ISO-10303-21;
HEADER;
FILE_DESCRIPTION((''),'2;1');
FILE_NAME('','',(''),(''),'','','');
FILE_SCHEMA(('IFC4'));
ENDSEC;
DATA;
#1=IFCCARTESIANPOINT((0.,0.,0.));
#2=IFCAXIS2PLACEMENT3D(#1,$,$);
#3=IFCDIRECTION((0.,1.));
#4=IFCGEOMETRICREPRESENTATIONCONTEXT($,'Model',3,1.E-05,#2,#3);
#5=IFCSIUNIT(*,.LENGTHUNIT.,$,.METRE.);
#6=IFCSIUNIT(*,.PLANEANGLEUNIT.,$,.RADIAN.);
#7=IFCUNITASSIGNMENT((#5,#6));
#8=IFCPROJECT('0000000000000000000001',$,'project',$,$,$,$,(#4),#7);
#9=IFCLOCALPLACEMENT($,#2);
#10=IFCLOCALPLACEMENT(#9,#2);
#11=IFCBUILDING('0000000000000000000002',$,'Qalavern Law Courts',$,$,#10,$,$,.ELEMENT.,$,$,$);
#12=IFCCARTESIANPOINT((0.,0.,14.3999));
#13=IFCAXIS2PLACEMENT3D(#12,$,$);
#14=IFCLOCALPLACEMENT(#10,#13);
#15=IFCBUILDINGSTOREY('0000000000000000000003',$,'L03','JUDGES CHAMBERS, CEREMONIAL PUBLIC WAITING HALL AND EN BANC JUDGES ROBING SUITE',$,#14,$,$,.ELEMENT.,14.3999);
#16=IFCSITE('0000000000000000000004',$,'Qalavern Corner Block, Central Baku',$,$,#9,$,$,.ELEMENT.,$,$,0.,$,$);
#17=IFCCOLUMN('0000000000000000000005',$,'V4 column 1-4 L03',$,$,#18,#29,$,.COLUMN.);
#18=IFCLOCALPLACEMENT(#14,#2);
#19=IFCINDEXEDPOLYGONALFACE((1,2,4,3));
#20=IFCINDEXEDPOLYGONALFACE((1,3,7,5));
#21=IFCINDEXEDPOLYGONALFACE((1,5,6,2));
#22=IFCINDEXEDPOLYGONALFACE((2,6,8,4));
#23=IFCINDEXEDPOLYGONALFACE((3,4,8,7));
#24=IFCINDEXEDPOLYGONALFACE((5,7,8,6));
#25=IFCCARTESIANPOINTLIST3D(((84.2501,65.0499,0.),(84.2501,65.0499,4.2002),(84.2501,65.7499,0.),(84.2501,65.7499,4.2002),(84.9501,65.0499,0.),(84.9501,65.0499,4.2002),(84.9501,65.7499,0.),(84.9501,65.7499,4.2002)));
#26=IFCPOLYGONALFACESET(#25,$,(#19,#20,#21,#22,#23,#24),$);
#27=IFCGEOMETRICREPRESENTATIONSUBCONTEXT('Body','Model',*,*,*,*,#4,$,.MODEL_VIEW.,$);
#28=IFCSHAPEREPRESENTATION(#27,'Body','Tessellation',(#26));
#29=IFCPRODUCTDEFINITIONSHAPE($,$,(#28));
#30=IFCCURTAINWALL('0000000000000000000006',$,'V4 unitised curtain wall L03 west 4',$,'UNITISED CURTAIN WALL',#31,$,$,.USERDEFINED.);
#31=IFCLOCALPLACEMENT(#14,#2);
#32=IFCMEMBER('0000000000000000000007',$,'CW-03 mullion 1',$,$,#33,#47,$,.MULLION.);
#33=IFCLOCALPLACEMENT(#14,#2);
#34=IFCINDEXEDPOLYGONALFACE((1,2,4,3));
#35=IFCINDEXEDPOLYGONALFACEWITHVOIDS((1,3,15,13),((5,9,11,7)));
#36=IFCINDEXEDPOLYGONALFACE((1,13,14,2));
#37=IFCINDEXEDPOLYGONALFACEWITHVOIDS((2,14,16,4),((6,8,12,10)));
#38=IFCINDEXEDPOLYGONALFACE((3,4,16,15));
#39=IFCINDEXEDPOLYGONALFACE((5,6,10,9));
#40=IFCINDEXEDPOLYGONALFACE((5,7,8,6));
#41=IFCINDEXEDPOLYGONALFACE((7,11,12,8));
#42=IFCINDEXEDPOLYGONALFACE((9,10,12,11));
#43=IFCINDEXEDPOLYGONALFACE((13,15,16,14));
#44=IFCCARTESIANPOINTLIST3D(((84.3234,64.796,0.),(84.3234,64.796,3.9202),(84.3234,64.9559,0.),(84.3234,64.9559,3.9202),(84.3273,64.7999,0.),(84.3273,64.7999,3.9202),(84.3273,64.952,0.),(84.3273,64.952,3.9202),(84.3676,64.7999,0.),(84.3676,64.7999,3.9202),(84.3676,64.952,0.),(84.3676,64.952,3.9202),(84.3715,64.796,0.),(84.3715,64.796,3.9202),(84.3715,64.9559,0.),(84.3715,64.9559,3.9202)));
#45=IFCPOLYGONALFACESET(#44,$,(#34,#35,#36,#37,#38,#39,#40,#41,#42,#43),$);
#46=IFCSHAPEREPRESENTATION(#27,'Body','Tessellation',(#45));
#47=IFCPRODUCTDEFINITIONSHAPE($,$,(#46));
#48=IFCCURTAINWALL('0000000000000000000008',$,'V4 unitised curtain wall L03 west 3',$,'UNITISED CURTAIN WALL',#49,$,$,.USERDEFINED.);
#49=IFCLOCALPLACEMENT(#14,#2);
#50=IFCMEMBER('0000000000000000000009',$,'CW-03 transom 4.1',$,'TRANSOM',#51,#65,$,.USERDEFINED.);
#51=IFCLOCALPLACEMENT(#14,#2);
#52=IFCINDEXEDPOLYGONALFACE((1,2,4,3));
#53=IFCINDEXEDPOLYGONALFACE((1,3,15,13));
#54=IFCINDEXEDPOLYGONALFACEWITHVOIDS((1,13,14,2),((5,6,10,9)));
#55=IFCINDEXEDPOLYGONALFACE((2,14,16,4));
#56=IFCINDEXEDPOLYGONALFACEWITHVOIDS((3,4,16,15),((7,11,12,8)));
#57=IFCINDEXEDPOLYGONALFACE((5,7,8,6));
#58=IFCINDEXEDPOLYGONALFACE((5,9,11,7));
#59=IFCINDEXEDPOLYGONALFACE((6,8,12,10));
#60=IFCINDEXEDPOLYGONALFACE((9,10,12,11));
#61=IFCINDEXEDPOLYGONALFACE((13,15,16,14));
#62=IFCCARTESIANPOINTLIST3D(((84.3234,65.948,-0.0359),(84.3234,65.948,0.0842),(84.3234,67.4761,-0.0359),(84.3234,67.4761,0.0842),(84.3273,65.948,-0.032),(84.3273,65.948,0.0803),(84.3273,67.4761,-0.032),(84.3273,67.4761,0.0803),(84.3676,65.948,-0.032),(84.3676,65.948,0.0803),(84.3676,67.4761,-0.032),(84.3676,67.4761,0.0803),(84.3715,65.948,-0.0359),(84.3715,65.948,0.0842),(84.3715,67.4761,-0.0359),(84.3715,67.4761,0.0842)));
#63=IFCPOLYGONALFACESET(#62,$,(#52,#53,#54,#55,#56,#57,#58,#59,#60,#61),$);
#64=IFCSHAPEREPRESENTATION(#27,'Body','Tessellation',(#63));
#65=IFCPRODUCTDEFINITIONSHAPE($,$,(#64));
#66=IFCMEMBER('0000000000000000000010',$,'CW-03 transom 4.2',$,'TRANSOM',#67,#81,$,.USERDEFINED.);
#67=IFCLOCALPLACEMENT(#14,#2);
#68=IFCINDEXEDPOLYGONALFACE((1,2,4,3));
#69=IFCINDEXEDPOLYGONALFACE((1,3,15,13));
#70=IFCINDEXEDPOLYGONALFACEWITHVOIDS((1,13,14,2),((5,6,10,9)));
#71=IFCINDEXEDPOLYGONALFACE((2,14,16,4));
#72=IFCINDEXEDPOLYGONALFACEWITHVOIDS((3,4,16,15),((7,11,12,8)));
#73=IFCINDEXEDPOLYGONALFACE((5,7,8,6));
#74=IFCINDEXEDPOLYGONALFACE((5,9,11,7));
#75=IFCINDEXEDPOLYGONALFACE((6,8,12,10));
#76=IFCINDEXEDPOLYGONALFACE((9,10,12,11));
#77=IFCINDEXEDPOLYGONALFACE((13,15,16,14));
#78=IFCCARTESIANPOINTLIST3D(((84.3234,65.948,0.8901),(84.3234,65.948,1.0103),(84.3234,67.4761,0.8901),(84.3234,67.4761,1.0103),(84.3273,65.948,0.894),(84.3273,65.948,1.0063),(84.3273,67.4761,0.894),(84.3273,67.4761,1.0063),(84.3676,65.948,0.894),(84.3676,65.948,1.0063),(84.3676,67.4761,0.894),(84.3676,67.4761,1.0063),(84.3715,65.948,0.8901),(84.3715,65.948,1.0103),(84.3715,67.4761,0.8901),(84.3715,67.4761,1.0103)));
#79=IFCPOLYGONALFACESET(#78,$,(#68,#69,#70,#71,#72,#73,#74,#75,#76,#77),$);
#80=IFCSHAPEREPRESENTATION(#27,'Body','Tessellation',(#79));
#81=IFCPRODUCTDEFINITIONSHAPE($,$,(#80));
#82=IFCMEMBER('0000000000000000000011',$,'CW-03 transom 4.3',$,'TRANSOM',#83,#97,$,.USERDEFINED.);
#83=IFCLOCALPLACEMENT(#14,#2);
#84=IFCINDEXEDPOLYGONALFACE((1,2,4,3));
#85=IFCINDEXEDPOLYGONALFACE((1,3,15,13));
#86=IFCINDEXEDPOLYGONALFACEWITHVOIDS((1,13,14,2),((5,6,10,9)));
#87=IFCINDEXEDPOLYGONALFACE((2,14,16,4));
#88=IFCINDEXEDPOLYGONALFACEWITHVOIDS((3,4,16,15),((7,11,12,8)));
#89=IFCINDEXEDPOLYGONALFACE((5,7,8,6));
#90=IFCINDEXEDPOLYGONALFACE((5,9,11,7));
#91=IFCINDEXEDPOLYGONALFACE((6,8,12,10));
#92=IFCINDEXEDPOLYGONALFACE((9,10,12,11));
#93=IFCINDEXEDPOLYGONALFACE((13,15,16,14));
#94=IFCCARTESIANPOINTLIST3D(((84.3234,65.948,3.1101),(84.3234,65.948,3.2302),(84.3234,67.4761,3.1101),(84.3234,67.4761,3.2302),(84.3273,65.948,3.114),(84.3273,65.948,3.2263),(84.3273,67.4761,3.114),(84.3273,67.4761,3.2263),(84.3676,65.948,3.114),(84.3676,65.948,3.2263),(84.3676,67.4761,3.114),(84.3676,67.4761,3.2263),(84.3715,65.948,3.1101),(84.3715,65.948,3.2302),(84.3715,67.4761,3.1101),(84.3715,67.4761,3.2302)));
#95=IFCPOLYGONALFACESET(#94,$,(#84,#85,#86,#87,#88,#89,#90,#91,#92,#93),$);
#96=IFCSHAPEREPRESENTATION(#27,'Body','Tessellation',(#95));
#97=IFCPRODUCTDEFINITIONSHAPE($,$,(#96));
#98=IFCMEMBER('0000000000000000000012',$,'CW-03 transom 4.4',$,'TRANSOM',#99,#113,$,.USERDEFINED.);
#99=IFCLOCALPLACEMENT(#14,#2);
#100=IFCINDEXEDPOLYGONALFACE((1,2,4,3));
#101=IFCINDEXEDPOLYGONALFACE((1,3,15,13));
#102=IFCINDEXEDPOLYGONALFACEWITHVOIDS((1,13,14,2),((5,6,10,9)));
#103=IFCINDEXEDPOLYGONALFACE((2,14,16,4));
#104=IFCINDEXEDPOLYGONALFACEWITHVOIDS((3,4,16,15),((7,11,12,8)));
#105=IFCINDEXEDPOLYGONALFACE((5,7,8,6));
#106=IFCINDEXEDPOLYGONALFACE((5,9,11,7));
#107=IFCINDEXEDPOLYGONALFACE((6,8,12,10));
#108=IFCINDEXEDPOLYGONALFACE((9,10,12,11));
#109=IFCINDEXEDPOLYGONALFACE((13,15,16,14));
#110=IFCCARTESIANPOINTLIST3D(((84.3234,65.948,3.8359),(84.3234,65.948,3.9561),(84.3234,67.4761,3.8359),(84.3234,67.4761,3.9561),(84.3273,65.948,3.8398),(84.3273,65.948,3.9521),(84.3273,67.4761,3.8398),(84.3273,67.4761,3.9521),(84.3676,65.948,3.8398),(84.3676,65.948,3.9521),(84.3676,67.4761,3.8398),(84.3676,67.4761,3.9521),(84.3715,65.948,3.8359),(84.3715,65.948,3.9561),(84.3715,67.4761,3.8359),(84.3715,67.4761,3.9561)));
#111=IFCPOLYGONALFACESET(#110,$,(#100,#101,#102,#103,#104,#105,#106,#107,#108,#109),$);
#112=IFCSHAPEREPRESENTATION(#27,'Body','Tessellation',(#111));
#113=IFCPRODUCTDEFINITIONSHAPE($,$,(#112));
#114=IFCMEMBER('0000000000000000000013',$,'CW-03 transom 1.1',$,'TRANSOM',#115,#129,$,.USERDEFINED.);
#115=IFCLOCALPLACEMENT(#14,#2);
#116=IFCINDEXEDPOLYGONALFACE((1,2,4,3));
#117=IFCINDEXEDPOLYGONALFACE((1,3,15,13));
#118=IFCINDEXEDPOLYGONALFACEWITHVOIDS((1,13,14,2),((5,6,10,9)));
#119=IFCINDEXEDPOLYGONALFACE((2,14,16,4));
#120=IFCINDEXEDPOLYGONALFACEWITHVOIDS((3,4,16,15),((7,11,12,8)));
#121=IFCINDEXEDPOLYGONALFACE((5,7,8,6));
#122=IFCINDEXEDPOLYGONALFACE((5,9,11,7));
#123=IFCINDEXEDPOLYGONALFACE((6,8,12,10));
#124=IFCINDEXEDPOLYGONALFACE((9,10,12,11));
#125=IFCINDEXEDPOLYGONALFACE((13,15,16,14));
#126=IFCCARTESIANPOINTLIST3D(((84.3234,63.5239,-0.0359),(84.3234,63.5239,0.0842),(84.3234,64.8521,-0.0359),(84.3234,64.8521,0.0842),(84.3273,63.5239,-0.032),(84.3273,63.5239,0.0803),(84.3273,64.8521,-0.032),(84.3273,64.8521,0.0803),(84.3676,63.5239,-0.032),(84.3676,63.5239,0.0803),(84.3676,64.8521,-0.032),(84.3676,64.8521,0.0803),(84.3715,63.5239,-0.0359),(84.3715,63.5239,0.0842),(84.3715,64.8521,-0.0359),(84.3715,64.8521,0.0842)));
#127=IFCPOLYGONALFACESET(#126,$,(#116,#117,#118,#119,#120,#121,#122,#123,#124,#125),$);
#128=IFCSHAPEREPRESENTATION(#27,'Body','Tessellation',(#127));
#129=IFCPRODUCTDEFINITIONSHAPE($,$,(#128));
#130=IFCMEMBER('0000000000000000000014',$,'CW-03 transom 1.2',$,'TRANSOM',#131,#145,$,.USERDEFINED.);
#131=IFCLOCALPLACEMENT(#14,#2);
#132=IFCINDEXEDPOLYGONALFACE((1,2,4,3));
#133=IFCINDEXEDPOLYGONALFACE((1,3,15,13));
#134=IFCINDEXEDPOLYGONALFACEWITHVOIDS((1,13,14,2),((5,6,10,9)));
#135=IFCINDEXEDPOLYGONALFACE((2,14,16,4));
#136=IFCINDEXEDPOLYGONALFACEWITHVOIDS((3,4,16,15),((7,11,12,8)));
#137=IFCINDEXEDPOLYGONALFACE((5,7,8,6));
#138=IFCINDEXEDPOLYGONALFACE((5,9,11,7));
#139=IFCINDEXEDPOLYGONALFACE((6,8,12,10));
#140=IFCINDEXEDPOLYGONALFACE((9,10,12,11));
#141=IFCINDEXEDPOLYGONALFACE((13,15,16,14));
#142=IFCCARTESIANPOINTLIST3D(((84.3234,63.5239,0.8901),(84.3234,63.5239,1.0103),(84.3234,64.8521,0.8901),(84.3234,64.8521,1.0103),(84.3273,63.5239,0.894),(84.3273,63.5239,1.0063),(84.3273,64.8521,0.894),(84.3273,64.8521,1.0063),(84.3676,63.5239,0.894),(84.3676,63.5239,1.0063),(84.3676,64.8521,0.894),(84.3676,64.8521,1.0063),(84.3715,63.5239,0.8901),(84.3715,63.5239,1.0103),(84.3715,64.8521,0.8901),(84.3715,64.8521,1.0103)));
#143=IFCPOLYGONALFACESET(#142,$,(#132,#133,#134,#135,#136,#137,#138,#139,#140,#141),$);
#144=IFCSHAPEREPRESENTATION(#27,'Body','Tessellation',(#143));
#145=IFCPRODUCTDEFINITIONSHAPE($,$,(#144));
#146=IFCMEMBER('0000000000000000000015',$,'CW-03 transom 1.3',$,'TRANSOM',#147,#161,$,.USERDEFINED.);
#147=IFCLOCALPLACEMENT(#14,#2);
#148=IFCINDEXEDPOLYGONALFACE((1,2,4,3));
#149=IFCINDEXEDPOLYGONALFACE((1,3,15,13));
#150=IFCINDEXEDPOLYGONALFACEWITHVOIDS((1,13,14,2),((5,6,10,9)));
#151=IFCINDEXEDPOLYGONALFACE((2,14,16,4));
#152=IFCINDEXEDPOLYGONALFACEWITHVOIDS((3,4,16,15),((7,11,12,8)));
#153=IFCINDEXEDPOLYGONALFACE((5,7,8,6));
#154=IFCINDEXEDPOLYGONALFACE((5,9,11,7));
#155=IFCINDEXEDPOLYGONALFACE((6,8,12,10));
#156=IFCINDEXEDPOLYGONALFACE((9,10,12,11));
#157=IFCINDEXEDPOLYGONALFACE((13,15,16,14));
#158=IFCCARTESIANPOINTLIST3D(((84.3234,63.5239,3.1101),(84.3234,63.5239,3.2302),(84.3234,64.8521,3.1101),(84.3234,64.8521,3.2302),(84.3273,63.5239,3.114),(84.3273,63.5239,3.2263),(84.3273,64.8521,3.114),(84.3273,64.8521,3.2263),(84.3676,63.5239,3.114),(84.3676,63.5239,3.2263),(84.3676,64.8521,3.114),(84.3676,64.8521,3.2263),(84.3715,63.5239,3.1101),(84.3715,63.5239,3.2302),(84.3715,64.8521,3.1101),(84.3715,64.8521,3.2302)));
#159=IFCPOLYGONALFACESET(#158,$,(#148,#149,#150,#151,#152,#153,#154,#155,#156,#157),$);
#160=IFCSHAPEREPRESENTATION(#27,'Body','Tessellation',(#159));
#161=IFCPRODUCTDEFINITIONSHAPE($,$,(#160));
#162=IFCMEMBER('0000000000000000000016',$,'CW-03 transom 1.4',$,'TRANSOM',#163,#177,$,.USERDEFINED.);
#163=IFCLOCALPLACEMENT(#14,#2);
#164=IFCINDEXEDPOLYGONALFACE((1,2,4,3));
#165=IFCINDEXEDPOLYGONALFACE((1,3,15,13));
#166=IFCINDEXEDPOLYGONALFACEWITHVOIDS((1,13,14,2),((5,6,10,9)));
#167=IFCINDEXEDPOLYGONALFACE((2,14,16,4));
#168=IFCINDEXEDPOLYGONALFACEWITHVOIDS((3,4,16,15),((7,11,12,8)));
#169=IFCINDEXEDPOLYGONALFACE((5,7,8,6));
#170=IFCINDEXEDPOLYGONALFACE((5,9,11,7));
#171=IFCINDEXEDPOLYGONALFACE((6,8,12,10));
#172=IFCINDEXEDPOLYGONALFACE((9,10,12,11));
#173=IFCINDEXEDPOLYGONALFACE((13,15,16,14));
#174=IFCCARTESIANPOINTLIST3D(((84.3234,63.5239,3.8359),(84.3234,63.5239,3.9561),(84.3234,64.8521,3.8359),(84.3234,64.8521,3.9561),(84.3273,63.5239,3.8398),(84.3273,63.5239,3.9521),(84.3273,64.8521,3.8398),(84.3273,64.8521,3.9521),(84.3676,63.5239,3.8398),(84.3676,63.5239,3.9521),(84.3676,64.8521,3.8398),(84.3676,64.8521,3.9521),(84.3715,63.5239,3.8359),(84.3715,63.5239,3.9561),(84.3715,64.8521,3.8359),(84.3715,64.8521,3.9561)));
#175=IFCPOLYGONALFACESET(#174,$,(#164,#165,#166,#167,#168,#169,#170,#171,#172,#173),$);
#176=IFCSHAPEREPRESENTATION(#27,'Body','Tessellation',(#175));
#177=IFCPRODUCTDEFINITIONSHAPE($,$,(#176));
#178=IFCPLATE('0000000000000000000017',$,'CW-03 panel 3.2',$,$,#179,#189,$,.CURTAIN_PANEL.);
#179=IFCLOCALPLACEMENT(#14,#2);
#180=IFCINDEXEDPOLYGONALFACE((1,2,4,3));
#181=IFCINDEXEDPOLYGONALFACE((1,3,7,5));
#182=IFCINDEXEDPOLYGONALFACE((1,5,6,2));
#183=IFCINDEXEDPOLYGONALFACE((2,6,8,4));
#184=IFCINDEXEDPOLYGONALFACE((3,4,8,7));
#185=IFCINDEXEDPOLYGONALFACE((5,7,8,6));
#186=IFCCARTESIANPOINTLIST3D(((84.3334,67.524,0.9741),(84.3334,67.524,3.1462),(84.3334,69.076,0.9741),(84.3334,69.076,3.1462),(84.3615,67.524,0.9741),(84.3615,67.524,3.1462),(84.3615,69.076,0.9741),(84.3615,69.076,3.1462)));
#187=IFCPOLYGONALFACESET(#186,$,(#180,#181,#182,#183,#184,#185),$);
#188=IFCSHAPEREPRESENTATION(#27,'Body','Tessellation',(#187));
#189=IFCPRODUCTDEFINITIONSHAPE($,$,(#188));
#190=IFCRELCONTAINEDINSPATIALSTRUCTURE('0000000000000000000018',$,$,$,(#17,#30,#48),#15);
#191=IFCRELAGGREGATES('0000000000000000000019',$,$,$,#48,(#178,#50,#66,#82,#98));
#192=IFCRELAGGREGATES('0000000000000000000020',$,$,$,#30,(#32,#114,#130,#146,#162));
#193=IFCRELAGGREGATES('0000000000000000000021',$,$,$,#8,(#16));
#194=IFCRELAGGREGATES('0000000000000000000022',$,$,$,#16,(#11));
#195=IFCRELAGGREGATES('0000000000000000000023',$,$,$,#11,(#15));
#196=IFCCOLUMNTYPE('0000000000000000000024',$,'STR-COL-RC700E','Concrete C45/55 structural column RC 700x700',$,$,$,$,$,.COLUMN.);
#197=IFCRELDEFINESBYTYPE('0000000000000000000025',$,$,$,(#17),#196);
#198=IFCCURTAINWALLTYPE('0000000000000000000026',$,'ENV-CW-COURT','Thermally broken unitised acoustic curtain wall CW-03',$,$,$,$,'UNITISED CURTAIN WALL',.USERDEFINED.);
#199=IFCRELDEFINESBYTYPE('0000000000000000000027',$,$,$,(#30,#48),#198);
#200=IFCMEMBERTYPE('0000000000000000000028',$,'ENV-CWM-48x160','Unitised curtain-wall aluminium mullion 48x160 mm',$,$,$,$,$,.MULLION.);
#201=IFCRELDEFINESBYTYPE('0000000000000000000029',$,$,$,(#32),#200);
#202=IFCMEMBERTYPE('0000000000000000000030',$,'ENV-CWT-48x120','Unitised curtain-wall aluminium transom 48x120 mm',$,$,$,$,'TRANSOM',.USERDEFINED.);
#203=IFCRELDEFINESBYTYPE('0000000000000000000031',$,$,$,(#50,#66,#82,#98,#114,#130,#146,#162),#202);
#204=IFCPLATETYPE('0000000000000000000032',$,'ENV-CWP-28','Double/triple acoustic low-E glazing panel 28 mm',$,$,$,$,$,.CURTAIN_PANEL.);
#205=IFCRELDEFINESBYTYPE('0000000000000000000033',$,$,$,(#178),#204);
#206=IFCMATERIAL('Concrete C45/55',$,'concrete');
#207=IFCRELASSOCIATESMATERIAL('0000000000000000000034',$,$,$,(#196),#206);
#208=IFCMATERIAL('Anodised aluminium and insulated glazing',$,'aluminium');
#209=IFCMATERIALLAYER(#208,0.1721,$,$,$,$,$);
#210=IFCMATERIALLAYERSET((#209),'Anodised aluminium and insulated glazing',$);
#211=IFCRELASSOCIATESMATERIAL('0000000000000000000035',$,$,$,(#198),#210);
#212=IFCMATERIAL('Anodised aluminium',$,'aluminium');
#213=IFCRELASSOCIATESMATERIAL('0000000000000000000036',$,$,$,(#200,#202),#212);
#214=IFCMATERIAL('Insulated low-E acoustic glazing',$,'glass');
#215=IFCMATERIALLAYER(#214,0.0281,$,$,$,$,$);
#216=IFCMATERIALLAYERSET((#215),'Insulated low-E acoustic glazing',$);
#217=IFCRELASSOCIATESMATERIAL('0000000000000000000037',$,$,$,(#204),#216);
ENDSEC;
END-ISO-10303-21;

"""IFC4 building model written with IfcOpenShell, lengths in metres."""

from ifc_helpers import new_model, si_unit, direction, frame, origin, origin_2d, place, context, subcontext, project, spatial, rectangle, hollow_rectangle, extrude, material, layer, layer_set, material_profile, profile_set, type_object, element, aggregate, save


model = new_model("IFC4")

# Units and contexts
model_context = context("Model", 3, precision=1e-05, world=origin(), true_north=direction((0.0, 1.0)))
body_context = subcontext(model_context, "Body", "Model", "MODEL_VIEW")
ifc_project = project(units=[si_unit("LENGTHUNIT", "METRE"), si_unit("PLANEANGLEUNIT", "RADIAN")], contexts=[model_context])

# Site, building, storey
site_placement = place(None, origin())
site = spatial("IfcSite", under=ifc_project, at=site_placement, Name="Qalavern Corner Block, Central Baku", CompositionType="ELEMENT", RefElevation=0.0)
building_placement = place(site_placement, origin())
building = spatial("IfcBuilding", under=site, at=building_placement, Name="Qalavern Law Courts", CompositionType="ELEMENT")
storey_placement = place(building_placement, frame((0.0, 0.0, 14.3999)))
storey = spatial("IfcBuildingStorey", under=building, at=storey_placement, Name="L03", Description="JUDGES CHAMBERS, CEREMONIAL PUBLIC WAITING HALL AND EN BANC JUDGES ROBING SUITE", CompositionType="ELEMENT", Elevation=14.3999)

# Column
ifc_material_1 = material(Name="Concrete C45/55", Category="concrete")
ifc_material_profile_1 = material_profile(ifc_material_1, rectangle(XDim=0.7, YDim=0.7, at=origin_2d()), Name="RC 700x700")
ifc_profile_set_1 = profile_set([ifc_material_profile_1], Name="Concrete C45/55")
column_type = type_object("IfcColumnType", Name="STR-COL-RC700E", Description="Concrete C45/55 structural column RC 700x700", PredefinedType="COLUMN", material=ifc_profile_set_1)
column_placement = place(storey_placement, frame((84.6001, 65.3999, 0.0), z_axis=(0.0, 0.0, 1.0), x_axis=(1.0, 0.0, 0.0)))
element("IfcColumn", 1, at=column_placement, inside=storey, type_object=column_type, Name="V4 column 1-4 L03", PredefinedType="COLUMN", context=body_context, shape_type="SweptSolid", body=[
    extrude(rectangle(XDim=0.7, YDim=0.7, at=origin_2d()), origin(), (0.0, 0.0, 1.0), 4.2002),
])

# Curtain wall, member
ifc_material_2 = material(Name="Anodised aluminium and insulated glazing", Category="aluminium")
ifc_layer_1 = layer(ifc_material_2, 0.1721)
ifc_layer_set_1 = layer_set([ifc_layer_1], Name="Anodised aluminium and insulated glazing")
curtain_wall_type = type_object("IfcCurtainWallType", Name="ENV-CW-COURT", Description="Thermally broken unitised acoustic curtain wall CW-03", ElementType="UNITISED CURTAIN WALL", PredefinedType="USERDEFINED", material=ifc_layer_set_1)
curtain_wall_1_placement = place(storey_placement, origin())
curtain_wall_1 = element("IfcCurtainWall", 2, at=curtain_wall_1_placement, inside=storey, type_object=curtain_wall_type, Name="V4 unitised curtain wall L03 west 4", ObjectType="UNITISED CURTAIN WALL", PredefinedType="USERDEFINED")
ifc_material_3 = material(Name="Anodised aluminium", Category="aluminium")
ifc_material_profile_2 = material_profile(ifc_material_3, hollow_rectangle(XDim=0.0481, YDim=0.1599, WallThickness=0.0039, at=origin_2d()), Name="ALU MULLION 48x160")
ifc_profile_set_2 = profile_set([ifc_material_profile_2], Name="Anodised aluminium")
member_type_1 = type_object("IfcMemberType", Name="ENV-CWM-48x160", Description="Unitised curtain-wall aluminium mullion 48x160 mm", PredefinedType="MULLION", material=ifc_profile_set_2)
member_1_placement = place(storey_placement, frame((84.3474, 64.876, 0.0), z_axis=(0.0, 0.0, 1.0), x_axis=(1.0, 0.0, 0.0)))
member_1 = element("IfcMember", 3, at=member_1_placement, type_object=member_type_1, Name="CW-03 mullion 1", PredefinedType="MULLION", context=body_context, shape_type="SweptSolid", body=[
    extrude(hollow_rectangle(XDim=0.0481, YDim=0.1599, WallThickness=0.0039, at=origin_2d()), origin(), (0.0, 0.0, 1.0), 3.9202),
])

# Curtain wall, members
curtain_wall_2_placement = place(storey_placement, origin())
curtain_wall_2 = element("IfcCurtainWall", 4, at=curtain_wall_2_placement, inside=storey, type_object=curtain_wall_type, Name="V4 unitised curtain wall L03 west 3", ObjectType="UNITISED CURTAIN WALL", PredefinedType="USERDEFINED")
ifc_material_profile_3 = material_profile(ifc_material_3, hollow_rectangle(XDim=0.0481, YDim=0.1201, WallThickness=0.0039, at=origin_2d()), Name="ALU TRANSOM 48x120")
ifc_profile_set_3 = profile_set([ifc_material_profile_3], Name="Anodised aluminium")
member_type_2 = type_object("IfcMemberType", Name="ENV-CWT-48x120", Description="Unitised curtain-wall aluminium transom 48x120 mm", ElementType="TRANSOM", PredefinedType="USERDEFINED", material=ifc_profile_set_3)
member_2_placement = place(storey_placement, frame((84.3474, 67.4761, 0.0242), z_axis=(0.0, -1.0, 0.0), x_axis=(1.0, 0.0, 0.0)))
member_2 = element("IfcMember", 5, at=member_2_placement, type_object=member_type_2, Name="CW-03 transom 4.1", ObjectType="TRANSOM", PredefinedType="USERDEFINED", context=body_context, shape_type="SweptSolid", body=[
    extrude(hollow_rectangle(XDim=0.0481, YDim=0.1201, WallThickness=0.0039, at=origin_2d()), origin(), (0.0, 0.0, 1.0), 1.5281),
])
member_3_placement = place(storey_placement, frame((84.3474, 67.4761, 0.9502), z_axis=(0.0, -1.0, 0.0), x_axis=(1.0, 0.0, 0.0)))
member_3 = element("IfcMember", 6, at=member_3_placement, type_object=member_type_2, Name="CW-03 transom 4.2", ObjectType="TRANSOM", PredefinedType="USERDEFINED", context=body_context, shape_type="SweptSolid", body=[
    extrude(hollow_rectangle(XDim=0.0481, YDim=0.1201, WallThickness=0.0039, at=origin_2d()), origin(), (0.0, 0.0, 1.0), 1.5281),
])
member_4_placement = place(storey_placement, frame((84.3474, 67.4761, 3.1702), z_axis=(0.0, -1.0, 0.0), x_axis=(1.0, 0.0, 0.0)))
member_4 = element("IfcMember", 7, at=member_4_placement, type_object=member_type_2, Name="CW-03 transom 4.3", ObjectType="TRANSOM", PredefinedType="USERDEFINED", context=body_context, shape_type="SweptSolid", body=[
    extrude(hollow_rectangle(XDim=0.0481, YDim=0.1201, WallThickness=0.0039, at=origin_2d()), origin(), (0.0, 0.0, 1.0), 1.5281),
])
member_5_placement = place(storey_placement, frame((84.3474, 67.4761, 3.896), z_axis=(0.0, -1.0, 0.0), x_axis=(1.0, 0.0, 0.0)))
member_5 = element("IfcMember", 8, at=member_5_placement, type_object=member_type_2, Name="CW-03 transom 4.4", ObjectType="TRANSOM", PredefinedType="USERDEFINED", context=body_context, shape_type="SweptSolid", body=[
    extrude(hollow_rectangle(XDim=0.0481, YDim=0.1201, WallThickness=0.0039, at=origin_2d()), origin(), (0.0, 0.0, 1.0), 1.5281),
])

# Members
member_6_placement = place(storey_placement, frame((84.3474, 64.8521, 0.0242), z_axis=(0.0, -1.0, 0.0), x_axis=(1.0, 0.0, 0.0)))
member_6 = element("IfcMember", 9, at=member_6_placement, type_object=member_type_2, Name="CW-03 transom 1.1", ObjectType="TRANSOM", PredefinedType="USERDEFINED", context=body_context, shape_type="SweptSolid", body=[
    extrude(hollow_rectangle(XDim=0.0481, YDim=0.1201, WallThickness=0.0039, at=origin_2d()), origin(), (0.0, 0.0, 1.0), 1.3281),
])
member_7_placement = place(storey_placement, frame((84.3474, 64.8521, 0.9502), z_axis=(0.0, -1.0, 0.0), x_axis=(1.0, 0.0, 0.0)))
member_7 = element("IfcMember", 10, at=member_7_placement, type_object=member_type_2, Name="CW-03 transom 1.2", ObjectType="TRANSOM", PredefinedType="USERDEFINED", context=body_context, shape_type="SweptSolid", body=[
    extrude(hollow_rectangle(XDim=0.0481, YDim=0.1201, WallThickness=0.0039, at=origin_2d()), origin(), (0.0, 0.0, 1.0), 1.3281),
])
member_8_placement = place(storey_placement, frame((84.3474, 64.8521, 3.1702), z_axis=(0.0, -1.0, 0.0), x_axis=(1.0, 0.0, 0.0)))
member_8 = element("IfcMember", 11, at=member_8_placement, type_object=member_type_2, Name="CW-03 transom 1.3", ObjectType="TRANSOM", PredefinedType="USERDEFINED", context=body_context, shape_type="SweptSolid", body=[
    extrude(hollow_rectangle(XDim=0.0481, YDim=0.1201, WallThickness=0.0039, at=origin_2d()), origin(), (0.0, 0.0, 1.0), 1.3281),
])
member_9_placement = place(storey_placement, frame((84.3474, 64.8521, 3.896), z_axis=(0.0, -1.0, 0.0), x_axis=(1.0, 0.0, 0.0)))
member_9 = element("IfcMember", 12, at=member_9_placement, type_object=member_type_2, Name="CW-03 transom 1.4", ObjectType="TRANSOM", PredefinedType="USERDEFINED", context=body_context, shape_type="SweptSolid", body=[
    extrude(hollow_rectangle(XDim=0.0481, YDim=0.1201, WallThickness=0.0039, at=origin_2d()), origin(), (0.0, 0.0, 1.0), 1.3281),
])

# Plate
ifc_material_4 = material(Name="Insulated low-E acoustic glazing", Category="glass")
ifc_layer_2 = layer(ifc_material_4, 0.0281)
ifc_layer_set_2 = layer_set([ifc_layer_2], Name="Insulated low-E acoustic glazing")
plate_type_1 = type_object("IfcPlateType", Name="ENV-CWP-28", Description="Double/triple acoustic low-E glazing panel 28 mm", PredefinedType="CURTAIN_PANEL", material=ifc_layer_set_2)
plate_1_placement = place(storey_placement, frame((84.3474, 68.3, 0.9741), z_axis=(0.0, 0.0, 1.0), x_axis=(0.0, -1.0, 0.0)))
plate_1 = element("IfcPlate", 13, at=plate_1_placement, type_object=plate_type_1, Name="CW-03 panel 3.2", PredefinedType="CURTAIN_PANEL", context=body_context, shape_type="SweptSolid", body=[
    extrude(rectangle(XDim=1.552, YDim=0.0281, at=origin_2d()), origin(), (0.0, 0.0, 1.0), 2.1721),
])
aggregate(curtain_wall_2, [plate_1, member_2, member_3, member_4, member_5])
aggregate(curtain_wall_1, [member_1, member_6, member_7, member_8, member_9])

save(model, "model.ifc")
